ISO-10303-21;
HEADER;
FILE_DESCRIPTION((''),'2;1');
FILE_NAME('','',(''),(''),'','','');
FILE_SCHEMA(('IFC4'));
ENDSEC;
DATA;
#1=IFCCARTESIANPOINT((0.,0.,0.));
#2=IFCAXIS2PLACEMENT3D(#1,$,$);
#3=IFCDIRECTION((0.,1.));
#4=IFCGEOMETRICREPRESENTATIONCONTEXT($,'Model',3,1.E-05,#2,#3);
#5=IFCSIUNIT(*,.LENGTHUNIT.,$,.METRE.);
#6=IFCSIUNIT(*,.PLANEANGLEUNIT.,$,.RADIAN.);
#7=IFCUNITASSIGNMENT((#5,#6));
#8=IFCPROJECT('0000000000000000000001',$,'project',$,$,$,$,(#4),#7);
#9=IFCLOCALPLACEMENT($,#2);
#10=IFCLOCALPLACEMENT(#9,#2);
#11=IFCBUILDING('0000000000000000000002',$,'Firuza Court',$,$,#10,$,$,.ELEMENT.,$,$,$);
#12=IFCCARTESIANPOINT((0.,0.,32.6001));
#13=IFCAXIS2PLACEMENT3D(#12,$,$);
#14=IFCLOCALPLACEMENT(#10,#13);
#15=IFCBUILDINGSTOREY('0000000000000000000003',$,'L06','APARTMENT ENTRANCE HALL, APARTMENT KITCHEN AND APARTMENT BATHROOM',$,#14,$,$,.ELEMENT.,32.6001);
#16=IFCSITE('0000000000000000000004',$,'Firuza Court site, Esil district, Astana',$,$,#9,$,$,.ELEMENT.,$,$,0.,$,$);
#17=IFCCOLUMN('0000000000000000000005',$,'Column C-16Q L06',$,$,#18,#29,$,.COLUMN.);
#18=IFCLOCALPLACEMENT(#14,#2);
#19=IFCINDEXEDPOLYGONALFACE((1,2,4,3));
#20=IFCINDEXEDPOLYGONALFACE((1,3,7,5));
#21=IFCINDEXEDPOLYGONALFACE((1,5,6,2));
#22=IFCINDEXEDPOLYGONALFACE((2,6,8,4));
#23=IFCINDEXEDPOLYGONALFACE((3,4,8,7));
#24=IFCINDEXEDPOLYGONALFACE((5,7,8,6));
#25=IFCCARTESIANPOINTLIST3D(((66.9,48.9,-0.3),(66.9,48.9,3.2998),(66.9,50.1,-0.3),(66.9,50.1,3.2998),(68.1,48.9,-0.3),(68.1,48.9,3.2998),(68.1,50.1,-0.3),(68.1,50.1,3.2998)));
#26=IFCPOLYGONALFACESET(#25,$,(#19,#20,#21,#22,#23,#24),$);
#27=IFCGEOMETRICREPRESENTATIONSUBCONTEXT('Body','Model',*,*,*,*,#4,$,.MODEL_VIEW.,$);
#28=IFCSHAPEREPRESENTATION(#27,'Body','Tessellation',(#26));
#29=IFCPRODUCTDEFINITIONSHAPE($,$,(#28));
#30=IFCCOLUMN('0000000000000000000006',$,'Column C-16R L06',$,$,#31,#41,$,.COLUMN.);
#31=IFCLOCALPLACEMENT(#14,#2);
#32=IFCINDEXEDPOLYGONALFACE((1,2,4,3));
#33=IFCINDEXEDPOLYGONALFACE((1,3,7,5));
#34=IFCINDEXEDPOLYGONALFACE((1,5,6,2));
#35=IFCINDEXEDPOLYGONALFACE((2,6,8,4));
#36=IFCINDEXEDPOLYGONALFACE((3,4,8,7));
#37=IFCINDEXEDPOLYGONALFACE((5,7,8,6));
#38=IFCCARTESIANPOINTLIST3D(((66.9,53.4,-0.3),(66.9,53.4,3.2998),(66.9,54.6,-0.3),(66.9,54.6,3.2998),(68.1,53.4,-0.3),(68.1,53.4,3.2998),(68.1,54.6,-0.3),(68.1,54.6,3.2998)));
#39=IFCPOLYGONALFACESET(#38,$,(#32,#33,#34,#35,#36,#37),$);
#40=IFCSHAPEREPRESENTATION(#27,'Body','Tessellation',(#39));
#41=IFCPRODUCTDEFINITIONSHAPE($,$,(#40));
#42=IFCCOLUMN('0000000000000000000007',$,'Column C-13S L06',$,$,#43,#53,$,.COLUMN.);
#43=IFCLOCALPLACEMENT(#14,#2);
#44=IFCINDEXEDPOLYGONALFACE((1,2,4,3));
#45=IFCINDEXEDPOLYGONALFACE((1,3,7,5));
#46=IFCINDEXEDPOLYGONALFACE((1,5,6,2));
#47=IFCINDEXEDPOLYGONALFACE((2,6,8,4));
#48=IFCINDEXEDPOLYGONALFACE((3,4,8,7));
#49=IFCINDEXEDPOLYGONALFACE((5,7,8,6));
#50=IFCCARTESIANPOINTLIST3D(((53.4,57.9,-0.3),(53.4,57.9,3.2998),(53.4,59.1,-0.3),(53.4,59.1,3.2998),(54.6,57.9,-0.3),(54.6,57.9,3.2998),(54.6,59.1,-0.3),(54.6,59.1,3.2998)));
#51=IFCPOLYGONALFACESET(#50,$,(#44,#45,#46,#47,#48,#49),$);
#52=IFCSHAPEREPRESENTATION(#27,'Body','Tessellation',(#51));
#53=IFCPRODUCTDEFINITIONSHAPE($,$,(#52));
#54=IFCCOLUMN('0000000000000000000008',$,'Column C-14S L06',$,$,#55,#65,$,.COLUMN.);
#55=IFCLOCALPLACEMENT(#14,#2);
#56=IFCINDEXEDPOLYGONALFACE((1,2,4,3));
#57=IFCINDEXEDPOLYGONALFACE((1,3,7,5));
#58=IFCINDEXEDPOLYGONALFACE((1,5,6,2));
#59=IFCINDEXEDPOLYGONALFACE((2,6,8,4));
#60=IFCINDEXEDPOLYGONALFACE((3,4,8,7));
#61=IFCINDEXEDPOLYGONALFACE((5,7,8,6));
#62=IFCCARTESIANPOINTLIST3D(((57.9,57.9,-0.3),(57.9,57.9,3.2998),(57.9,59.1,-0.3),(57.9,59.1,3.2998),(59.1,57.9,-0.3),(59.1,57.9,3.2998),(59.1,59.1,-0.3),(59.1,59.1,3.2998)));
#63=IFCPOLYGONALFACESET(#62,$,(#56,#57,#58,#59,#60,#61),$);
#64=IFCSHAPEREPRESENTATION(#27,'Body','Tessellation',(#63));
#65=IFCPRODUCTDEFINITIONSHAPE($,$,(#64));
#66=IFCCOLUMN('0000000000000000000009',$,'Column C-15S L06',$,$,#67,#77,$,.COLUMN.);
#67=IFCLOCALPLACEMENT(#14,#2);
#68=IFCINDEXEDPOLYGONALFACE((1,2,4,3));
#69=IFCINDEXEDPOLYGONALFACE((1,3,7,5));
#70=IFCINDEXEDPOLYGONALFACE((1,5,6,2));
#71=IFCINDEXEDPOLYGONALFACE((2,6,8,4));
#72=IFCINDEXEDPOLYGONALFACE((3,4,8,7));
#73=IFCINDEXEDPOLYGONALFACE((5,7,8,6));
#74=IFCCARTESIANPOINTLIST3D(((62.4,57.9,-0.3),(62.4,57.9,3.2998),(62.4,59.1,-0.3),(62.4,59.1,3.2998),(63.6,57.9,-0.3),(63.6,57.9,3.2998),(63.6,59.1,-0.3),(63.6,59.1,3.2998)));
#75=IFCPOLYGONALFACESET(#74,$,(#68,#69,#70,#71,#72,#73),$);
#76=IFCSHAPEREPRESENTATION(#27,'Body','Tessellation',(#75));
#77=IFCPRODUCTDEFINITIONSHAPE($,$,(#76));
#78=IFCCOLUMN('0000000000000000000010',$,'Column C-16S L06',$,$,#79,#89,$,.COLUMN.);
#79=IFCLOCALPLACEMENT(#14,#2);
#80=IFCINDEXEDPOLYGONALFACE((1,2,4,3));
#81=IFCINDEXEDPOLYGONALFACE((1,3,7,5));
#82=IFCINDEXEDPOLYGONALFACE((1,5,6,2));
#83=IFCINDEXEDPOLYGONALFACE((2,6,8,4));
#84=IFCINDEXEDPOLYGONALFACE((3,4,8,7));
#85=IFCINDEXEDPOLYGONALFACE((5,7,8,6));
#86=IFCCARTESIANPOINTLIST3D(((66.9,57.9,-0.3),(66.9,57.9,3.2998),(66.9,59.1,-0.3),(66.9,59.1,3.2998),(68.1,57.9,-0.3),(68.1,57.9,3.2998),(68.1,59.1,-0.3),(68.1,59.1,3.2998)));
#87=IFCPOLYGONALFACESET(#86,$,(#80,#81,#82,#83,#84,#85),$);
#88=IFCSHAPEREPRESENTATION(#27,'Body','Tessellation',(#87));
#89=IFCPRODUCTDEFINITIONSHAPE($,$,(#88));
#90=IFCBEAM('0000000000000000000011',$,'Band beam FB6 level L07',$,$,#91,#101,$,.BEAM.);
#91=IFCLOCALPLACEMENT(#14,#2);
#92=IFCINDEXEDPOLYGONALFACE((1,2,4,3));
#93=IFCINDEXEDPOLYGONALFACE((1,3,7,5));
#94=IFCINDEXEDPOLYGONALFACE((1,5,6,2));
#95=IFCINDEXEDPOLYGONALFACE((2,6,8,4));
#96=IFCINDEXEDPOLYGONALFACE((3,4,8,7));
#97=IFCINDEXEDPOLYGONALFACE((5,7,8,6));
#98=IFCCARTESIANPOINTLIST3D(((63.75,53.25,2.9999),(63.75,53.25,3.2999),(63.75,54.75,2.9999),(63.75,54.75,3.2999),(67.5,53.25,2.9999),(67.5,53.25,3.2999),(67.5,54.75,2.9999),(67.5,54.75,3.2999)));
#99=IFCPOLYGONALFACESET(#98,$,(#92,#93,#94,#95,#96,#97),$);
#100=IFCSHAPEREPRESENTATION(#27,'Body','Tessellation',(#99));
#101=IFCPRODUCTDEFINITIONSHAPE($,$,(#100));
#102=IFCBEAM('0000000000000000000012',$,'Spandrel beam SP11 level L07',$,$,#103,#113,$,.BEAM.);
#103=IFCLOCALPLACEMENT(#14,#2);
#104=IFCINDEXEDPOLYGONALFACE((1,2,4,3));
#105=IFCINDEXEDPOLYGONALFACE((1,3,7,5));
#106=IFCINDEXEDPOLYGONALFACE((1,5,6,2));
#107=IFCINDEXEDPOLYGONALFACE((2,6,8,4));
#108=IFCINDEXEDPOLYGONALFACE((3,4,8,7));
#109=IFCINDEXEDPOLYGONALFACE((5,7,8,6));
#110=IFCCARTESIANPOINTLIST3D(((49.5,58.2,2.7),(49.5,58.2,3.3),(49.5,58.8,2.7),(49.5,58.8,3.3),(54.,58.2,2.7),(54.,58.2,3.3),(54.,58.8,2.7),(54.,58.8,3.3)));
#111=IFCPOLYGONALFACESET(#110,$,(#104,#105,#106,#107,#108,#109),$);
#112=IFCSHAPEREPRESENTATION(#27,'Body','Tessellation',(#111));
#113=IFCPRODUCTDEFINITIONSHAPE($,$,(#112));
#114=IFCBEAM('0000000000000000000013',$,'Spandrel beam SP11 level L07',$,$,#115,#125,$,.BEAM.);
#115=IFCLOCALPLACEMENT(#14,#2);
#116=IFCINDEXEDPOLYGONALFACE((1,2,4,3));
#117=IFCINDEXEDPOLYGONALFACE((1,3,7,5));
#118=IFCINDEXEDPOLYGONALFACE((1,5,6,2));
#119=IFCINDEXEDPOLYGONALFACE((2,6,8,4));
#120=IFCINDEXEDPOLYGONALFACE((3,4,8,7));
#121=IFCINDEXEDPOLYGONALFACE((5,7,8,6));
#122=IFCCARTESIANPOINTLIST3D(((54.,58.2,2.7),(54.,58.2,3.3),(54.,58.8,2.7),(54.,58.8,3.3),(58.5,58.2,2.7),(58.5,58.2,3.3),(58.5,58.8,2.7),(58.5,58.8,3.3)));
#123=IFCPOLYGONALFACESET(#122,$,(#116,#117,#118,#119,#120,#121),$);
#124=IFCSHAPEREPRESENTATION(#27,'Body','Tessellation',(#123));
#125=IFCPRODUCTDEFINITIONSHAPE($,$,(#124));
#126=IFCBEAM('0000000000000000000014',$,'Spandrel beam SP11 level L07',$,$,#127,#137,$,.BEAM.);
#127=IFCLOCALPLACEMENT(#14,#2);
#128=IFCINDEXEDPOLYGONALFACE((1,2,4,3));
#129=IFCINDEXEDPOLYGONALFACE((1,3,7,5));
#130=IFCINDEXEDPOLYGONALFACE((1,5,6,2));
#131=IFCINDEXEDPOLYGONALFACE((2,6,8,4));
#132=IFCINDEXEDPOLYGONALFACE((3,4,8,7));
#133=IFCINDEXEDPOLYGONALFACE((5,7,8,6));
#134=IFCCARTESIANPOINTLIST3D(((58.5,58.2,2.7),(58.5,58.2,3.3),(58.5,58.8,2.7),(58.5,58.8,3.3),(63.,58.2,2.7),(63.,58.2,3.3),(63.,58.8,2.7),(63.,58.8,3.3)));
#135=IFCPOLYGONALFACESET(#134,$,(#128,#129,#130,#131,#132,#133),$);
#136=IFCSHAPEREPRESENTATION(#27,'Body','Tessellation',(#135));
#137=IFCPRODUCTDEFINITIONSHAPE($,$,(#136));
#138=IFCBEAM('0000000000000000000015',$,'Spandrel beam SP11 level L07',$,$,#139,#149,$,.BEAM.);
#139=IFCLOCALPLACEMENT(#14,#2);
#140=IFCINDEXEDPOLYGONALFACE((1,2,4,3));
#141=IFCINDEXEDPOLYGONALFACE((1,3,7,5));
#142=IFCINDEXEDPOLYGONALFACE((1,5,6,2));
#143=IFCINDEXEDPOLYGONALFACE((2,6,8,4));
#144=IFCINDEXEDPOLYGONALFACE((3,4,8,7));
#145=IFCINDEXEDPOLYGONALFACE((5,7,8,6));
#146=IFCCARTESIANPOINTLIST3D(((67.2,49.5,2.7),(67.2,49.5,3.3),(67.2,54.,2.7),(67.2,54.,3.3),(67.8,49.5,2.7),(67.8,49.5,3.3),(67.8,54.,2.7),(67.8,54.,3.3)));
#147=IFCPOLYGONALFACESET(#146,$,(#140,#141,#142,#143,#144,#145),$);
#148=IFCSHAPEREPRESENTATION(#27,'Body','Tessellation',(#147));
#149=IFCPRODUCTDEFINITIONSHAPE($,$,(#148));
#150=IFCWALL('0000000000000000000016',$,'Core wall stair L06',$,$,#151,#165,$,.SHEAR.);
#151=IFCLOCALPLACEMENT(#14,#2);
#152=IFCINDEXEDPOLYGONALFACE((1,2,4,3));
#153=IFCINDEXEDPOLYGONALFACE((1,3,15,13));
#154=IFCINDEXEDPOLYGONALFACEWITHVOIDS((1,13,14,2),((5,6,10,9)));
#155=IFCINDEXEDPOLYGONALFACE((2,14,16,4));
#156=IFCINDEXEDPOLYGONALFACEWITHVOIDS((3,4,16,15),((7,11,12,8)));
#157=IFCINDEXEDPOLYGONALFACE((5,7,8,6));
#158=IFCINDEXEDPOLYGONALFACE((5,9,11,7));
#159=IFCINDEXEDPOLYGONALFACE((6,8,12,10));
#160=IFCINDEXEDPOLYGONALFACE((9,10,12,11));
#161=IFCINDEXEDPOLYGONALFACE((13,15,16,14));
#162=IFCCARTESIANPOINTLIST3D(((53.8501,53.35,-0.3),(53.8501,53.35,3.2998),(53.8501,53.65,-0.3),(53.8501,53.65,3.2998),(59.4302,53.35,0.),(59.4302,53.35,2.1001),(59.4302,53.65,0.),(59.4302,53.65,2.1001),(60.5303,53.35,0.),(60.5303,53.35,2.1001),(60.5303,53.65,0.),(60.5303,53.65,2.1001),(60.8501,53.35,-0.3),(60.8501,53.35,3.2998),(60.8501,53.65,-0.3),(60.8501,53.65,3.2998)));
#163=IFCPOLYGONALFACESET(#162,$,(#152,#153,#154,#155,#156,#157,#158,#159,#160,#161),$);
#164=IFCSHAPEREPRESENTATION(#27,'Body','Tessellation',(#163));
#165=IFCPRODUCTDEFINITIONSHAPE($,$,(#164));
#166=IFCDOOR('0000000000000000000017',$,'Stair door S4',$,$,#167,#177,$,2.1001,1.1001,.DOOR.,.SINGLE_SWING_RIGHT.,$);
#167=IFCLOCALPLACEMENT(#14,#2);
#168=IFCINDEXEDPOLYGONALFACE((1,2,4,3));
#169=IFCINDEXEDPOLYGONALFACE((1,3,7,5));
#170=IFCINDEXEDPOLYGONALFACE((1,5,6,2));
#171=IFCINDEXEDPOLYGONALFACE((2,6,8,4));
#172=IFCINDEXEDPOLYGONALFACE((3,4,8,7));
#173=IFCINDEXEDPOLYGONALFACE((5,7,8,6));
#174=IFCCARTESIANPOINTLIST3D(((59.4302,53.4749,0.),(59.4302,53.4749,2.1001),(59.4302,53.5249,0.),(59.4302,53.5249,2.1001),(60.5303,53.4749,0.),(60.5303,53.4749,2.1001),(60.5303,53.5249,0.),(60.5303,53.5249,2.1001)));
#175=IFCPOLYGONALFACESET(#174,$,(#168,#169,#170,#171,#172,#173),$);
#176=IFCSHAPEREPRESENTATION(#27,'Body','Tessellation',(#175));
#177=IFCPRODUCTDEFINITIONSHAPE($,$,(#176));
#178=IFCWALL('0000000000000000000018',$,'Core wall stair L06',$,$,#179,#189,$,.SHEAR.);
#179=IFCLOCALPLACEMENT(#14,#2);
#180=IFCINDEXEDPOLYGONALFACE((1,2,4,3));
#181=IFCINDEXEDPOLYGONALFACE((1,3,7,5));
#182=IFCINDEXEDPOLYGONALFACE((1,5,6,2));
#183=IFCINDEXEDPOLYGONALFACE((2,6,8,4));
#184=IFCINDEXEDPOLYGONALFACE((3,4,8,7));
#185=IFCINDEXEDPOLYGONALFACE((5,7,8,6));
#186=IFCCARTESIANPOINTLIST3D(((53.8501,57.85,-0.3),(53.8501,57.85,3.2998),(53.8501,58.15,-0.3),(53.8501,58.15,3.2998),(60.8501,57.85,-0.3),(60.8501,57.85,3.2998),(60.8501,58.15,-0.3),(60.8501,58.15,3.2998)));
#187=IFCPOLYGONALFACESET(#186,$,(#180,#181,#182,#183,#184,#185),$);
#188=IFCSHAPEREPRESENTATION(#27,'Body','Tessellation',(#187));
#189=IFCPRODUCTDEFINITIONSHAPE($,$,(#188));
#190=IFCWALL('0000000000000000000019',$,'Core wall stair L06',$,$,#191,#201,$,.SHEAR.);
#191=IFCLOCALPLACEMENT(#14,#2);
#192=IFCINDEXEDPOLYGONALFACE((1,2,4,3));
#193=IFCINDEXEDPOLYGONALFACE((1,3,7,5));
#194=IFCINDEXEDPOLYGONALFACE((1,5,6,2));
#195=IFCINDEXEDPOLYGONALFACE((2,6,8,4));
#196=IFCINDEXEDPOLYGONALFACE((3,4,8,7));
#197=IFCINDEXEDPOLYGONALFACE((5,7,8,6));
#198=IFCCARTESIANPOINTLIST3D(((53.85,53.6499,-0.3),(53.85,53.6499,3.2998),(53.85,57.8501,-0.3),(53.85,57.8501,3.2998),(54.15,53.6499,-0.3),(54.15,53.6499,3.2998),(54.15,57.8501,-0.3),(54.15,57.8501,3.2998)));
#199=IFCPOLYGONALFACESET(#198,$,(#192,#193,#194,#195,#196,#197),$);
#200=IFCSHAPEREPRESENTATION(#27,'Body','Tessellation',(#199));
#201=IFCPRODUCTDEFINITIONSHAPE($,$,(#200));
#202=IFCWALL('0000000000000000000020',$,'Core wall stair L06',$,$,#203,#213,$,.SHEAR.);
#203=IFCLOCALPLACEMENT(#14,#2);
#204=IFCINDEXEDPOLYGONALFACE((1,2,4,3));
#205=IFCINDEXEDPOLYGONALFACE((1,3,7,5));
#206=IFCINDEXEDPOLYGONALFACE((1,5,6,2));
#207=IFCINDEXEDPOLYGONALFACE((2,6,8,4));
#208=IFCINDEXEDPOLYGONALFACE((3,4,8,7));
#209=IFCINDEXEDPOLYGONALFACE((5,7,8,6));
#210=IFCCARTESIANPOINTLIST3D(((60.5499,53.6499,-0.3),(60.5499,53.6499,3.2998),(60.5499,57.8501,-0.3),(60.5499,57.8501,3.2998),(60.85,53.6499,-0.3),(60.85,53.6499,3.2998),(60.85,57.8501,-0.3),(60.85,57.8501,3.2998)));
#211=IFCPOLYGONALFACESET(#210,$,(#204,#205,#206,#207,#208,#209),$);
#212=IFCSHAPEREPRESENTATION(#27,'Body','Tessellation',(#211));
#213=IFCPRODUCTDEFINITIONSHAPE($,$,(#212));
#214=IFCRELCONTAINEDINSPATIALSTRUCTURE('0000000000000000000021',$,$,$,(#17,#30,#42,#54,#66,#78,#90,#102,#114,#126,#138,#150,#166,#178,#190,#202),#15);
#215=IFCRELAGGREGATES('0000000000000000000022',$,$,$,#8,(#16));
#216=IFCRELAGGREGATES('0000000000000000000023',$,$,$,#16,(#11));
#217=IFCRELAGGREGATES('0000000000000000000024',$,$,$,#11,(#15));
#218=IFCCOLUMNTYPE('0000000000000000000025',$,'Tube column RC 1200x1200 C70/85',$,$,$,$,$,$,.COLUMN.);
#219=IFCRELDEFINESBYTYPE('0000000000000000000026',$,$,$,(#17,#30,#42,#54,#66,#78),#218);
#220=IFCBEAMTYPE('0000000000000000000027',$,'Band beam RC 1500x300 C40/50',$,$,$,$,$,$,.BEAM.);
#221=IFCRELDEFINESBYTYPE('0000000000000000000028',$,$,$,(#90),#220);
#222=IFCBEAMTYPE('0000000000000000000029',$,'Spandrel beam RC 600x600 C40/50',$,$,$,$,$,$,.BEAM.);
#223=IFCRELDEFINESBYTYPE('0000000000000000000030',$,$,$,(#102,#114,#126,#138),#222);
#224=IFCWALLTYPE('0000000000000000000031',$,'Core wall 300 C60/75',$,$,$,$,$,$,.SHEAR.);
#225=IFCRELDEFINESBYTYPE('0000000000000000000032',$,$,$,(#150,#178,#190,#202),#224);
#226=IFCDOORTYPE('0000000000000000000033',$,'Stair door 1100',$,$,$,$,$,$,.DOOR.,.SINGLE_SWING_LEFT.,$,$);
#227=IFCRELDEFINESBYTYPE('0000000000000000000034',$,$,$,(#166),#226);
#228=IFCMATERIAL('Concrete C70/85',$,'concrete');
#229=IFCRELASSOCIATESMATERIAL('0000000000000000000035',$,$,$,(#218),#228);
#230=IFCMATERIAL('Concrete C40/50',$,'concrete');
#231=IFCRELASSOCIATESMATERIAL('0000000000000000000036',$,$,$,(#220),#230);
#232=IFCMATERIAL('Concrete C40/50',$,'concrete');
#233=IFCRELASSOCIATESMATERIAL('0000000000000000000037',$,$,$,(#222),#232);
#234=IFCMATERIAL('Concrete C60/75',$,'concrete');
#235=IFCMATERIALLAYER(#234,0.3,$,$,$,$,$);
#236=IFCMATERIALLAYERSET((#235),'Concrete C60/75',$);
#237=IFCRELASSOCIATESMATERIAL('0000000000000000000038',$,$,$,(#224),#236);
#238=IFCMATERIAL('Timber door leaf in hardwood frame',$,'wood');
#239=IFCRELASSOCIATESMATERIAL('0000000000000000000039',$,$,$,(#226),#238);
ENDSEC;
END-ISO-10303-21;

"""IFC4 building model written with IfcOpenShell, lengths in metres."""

from ifc_helpers import new_model, si_unit, direction, frame, frame_2d, origin, origin_2d, place, context, subcontext, project, spatial, rectangle, extrude, material, layer, layer_set, material_profile, profile_set, type_object, element, fill, save


model = new_model("IFC4")

# Units and contexts
model_context = context("Model", 3, precision=1e-05, world=origin(), true_north=direction((0.0, 1.0)))
body_context = subcontext(model_context, "Body", "Model", "MODEL_VIEW")
ifc_project = project(units=[si_unit("LENGTHUNIT", "METRE"), si_unit("PLANEANGLEUNIT", "RADIAN")], contexts=[model_context])

# Site, building, storey
site_placement = place(None, origin())
site = spatial("IfcSite", under=ifc_project, at=site_placement, Name="Firuza Court site, Esil district, Astana", CompositionType="ELEMENT", RefElevation=0.0)
building_placement = place(site_placement, origin())
building = spatial("IfcBuilding", under=site, at=building_placement, Name="Firuza Court", CompositionType="ELEMENT")
storey_placement = place(building_placement, frame((0.0, 0.0, 32.6001)))
storey = spatial("IfcBuildingStorey", under=building, at=storey_placement, Name="L06", Description="APARTMENT ENTRANCE HALL, APARTMENT KITCHEN AND APARTMENT BATHROOM", CompositionType="ELEMENT", Elevation=32.6001)

# Columns
ifc_material_1 = material(Name="Concrete C70/85", Category="concrete")
ifc_material_profile_1 = material_profile(ifc_material_1, rectangle(XDim=1.2, YDim=1.2, at=origin_2d()), Name="RC 1200x1200")
ifc_profile_set_1 = profile_set([ifc_material_profile_1], Name="Concrete C70/85")
column_type = type_object("IfcColumnType", Name="Tube column RC 1200x1200 C70/85", PredefinedType="COLUMN", material=ifc_profile_set_1)
for number, where, z_axis, x_axis, name in (
    (1, (67.5, 49.5, -0.3), (0.0, 0.0, 1.0), (1.0, 0.0, 0.0), "Column C-16Q L06"),
    (2, (67.5, 54.0, -0.3), (0.0, 0.0, 1.0), (1.0, 0.0, 0.0), "Column C-16R L06"),
    (3, (54.0, 58.5, -0.3), (0.0, 0.0, 1.0), (1.0, 0.0, 0.0), "Column C-13S L06"),
    (4, (58.5, 58.5, -0.3), (0.0, 0.0, 1.0), (1.0, 0.0, 0.0), "Column C-14S L06"),
    (5, (63.0, 58.5, -0.3), (0.0, 0.0, 1.0), (1.0, 0.0, 0.0), "Column C-15S L06"),
    (6, (67.5, 58.5, -0.3), (0.0, 0.0, 1.0), (1.0, 0.0, 0.0), "Column C-16S L06"),
):
    element("IfcColumn", number, at=place(storey_placement, frame(where, z_axis=z_axis, x_axis=x_axis)), inside=storey, type_object=column_type, Name=name, PredefinedType="COLUMN", context=body_context, shape_type="SweptSolid", body=[
        extrude(rectangle(XDim=1.2, YDim=1.2, at=origin_2d()), origin(), (0.0, 0.0, 1.0), 3.5999),
    ])

# Beams
ifc_material_2 = material(Name="Concrete C40/50", Category="concrete")
ifc_material_profile_2 = material_profile(ifc_material_2, rectangle(XDim=1.5, YDim=0.3, at=origin_2d()), Name="RC 1500x300")
ifc_profile_set_2 = profile_set([ifc_material_profile_2], Name="Concrete C40/50")
beam_type_1 = type_object("IfcBeamType", Name="Band beam RC 1500x300 C40/50", PredefinedType="BEAM", material=ifc_profile_set_2)
beam_placement = place(storey_placement, frame((67.5, 54.0, 3.1499), z_axis=(-1.0, 0.0, 0.0), x_axis=(0.0, -1.0, 0.0)))
element("IfcBeam", 7, at=beam_placement, inside=storey, type_object=beam_type_1, Name="Band beam FB6 level L07", PredefinedType="BEAM", context=body_context, shape_type="SweptSolid", body=[
    extrude(rectangle(XDim=1.5, YDim=0.3, at=origin_2d()), origin(), (0.0, 0.0, 1.0), 3.75),
])
ifc_material_3 = material(Name="Concrete C40/50", Category="concrete")
ifc_material_profile_3 = material_profile(ifc_material_3, rectangle(XDim=0.6001, YDim=0.6001, at=origin_2d()), Name="RC 600x600")
ifc_profile_set_3 = profile_set([ifc_material_profile_3], Name="Concrete C40/50")
beam_type_2 = type_object("IfcBeamType", Name="Spandrel beam RC 600x600 C40/50", PredefinedType="BEAM", material=ifc_profile_set_3)
for number, where, z_axis, x_axis, name in (
    (8, (54.0, 58.5, 3.0), (-1.0, 0.0, 0.0), (0.0, -1.0, 0.0), "Spandrel beam SP11 level L07"),
    (9, (58.5, 58.5, 3.0), (-1.0, 0.0, 0.0), (0.0, -1.0, 0.0), "Spandrel beam SP11 level L07"),
    (10, (63.0, 58.5, 3.0), (-1.0, 0.0, 0.0), (0.0, -1.0, 0.0), "Spandrel beam SP11 level L07"),
    (11, (67.5, 49.5, 3.0), (0.0, 1.0, 0.0), (-1.0, 0.0, 0.0), "Spandrel beam SP11 level L07"),
):
    element("IfcBeam", number, at=place(storey_placement, frame(where, z_axis=z_axis, x_axis=x_axis)), inside=storey, type_object=beam_type_2, Name=name, PredefinedType="BEAM", context=body_context, shape_type="SweptSolid", body=[
        extrude(rectangle(XDim=0.6001, YDim=0.6001, at=origin_2d()), origin(), (0.0, 0.0, 1.0), 4.5),
    ])

# Wall, opening, door
ifc_material_4 = material(Name="Concrete C60/75", Category="concrete")
ifc_layer_1 = layer(ifc_material_4, 0.3)
ifc_layer_set_1 = layer_set([ifc_layer_1], Name="Concrete C60/75")
wall_type_1 = type_object("IfcWallType", Name="Core wall 300 C60/75", PredefinedType="SHEAR", material=ifc_layer_set_1)
wall_1_placement = place(storey_placement, frame((53.8501, 53.5, -0.3), z_axis=(0.0, 0.0, 1.0), x_axis=(1.0, 0.0, 0.0)))
wall_1 = element("IfcWall", 12, at=wall_1_placement, inside=storey, type_object=wall_type_1, Name="Core wall stair L06", PredefinedType="SHEAR", context=body_context, shape_type="SweptSolid", body=[
    extrude(rectangle(XDim=7.0, YDim=0.3, at=frame_2d((3.5, 0.0))), origin(), (0.0, 0.0, 1.0), 3.5999),
])
opening_1_placement = place(wall_1_placement, frame((5.5801, 0.0, 0.3)))
opening_1 = element("IfcOpeningElement", 13, at=opening_1_placement, cuts=wall_1, PredefinedType="OPENING", context=body_context, shape_type="SweptSolid", body=[
    extrude(rectangle(XDim=1.1001, YDim=2.1001, at=frame_2d((0.55, 1.05))), frame((0.0, 0.1621, 0.0), z_axis=(0.0, -1.0, 0.0), x_axis=(1.0, 0.0, 0.0)), (0.0, 0.0, 1.0), 0.324),
])
ifc_material_5 = material(Name="Timber door leaf in hardwood frame", Category="wood")
door_type_1 = type_object("IfcDoorType", Name="Stair door 1100", OperationType="SINGLE_SWING_LEFT", PredefinedType="DOOR", material=ifc_material_5)
door_1_placement = place(opening_1_placement, origin())
door_1 = element("IfcDoor", 14, at=door_1_placement, inside=storey, type_object=door_type_1, Name="Stair door S4", OperationType="SINGLE_SWING_RIGHT", OverallHeight=2.1001, OverallWidth=1.1001, PredefinedType="DOOR", context=body_context, shape_type="SweptSolid", body=[
    extrude(rectangle(XDim=1.1001, YDim=2.1001, at=frame_2d((0.55, 1.05))), frame((0.0, 0.0249, 0.0), z_axis=(0.0, -1.0, 0.0), x_axis=(1.0, 0.0, 0.0)), (0.0, 0.0, 1.0), 0.05),
])
fill(opening_1, door_1)

# Walls
wall_2_placement = place(storey_placement, frame((53.8501, 58.0, -0.3), z_axis=(0.0, 0.0, 1.0), x_axis=(1.0, 0.0, 0.0)))
element("IfcWall", 15, at=wall_2_placement, inside=storey, type_object=wall_type_1, Name="Core wall stair L06", PredefinedType="SHEAR", context=body_context, shape_type="SweptSolid", body=[
    extrude(rectangle(XDim=7.0, YDim=0.3, at=frame_2d((3.5, 0.0))), origin(), (0.0, 0.0, 1.0), 3.5999),
])
for number, where, z_axis, x_axis, name in (
    (16, (54.0, 53.6499, -0.3), (0.0, 0.0, 1.0), (0.0, 1.0, 0.0), "Core wall stair L06"),
    (17, (60.7, 53.6499, -0.3), (0.0, 0.0, 1.0), (0.0, 1.0, 0.0), "Core wall stair L06"),
):
    element("IfcWall", number, at=place(storey_placement, frame(where, z_axis=z_axis, x_axis=x_axis)), inside=storey, type_object=wall_type_1, Name=name, PredefinedType="SHEAR", context=body_context, shape_type="SweptSolid", body=[
        extrude(rectangle(XDim=4.2002, YDim=0.3, at=frame_2d((2.1001, 0.0))), origin(), (0.0, 0.0, 1.0), 3.5999),
    ])

save(model, "model.ifc")
